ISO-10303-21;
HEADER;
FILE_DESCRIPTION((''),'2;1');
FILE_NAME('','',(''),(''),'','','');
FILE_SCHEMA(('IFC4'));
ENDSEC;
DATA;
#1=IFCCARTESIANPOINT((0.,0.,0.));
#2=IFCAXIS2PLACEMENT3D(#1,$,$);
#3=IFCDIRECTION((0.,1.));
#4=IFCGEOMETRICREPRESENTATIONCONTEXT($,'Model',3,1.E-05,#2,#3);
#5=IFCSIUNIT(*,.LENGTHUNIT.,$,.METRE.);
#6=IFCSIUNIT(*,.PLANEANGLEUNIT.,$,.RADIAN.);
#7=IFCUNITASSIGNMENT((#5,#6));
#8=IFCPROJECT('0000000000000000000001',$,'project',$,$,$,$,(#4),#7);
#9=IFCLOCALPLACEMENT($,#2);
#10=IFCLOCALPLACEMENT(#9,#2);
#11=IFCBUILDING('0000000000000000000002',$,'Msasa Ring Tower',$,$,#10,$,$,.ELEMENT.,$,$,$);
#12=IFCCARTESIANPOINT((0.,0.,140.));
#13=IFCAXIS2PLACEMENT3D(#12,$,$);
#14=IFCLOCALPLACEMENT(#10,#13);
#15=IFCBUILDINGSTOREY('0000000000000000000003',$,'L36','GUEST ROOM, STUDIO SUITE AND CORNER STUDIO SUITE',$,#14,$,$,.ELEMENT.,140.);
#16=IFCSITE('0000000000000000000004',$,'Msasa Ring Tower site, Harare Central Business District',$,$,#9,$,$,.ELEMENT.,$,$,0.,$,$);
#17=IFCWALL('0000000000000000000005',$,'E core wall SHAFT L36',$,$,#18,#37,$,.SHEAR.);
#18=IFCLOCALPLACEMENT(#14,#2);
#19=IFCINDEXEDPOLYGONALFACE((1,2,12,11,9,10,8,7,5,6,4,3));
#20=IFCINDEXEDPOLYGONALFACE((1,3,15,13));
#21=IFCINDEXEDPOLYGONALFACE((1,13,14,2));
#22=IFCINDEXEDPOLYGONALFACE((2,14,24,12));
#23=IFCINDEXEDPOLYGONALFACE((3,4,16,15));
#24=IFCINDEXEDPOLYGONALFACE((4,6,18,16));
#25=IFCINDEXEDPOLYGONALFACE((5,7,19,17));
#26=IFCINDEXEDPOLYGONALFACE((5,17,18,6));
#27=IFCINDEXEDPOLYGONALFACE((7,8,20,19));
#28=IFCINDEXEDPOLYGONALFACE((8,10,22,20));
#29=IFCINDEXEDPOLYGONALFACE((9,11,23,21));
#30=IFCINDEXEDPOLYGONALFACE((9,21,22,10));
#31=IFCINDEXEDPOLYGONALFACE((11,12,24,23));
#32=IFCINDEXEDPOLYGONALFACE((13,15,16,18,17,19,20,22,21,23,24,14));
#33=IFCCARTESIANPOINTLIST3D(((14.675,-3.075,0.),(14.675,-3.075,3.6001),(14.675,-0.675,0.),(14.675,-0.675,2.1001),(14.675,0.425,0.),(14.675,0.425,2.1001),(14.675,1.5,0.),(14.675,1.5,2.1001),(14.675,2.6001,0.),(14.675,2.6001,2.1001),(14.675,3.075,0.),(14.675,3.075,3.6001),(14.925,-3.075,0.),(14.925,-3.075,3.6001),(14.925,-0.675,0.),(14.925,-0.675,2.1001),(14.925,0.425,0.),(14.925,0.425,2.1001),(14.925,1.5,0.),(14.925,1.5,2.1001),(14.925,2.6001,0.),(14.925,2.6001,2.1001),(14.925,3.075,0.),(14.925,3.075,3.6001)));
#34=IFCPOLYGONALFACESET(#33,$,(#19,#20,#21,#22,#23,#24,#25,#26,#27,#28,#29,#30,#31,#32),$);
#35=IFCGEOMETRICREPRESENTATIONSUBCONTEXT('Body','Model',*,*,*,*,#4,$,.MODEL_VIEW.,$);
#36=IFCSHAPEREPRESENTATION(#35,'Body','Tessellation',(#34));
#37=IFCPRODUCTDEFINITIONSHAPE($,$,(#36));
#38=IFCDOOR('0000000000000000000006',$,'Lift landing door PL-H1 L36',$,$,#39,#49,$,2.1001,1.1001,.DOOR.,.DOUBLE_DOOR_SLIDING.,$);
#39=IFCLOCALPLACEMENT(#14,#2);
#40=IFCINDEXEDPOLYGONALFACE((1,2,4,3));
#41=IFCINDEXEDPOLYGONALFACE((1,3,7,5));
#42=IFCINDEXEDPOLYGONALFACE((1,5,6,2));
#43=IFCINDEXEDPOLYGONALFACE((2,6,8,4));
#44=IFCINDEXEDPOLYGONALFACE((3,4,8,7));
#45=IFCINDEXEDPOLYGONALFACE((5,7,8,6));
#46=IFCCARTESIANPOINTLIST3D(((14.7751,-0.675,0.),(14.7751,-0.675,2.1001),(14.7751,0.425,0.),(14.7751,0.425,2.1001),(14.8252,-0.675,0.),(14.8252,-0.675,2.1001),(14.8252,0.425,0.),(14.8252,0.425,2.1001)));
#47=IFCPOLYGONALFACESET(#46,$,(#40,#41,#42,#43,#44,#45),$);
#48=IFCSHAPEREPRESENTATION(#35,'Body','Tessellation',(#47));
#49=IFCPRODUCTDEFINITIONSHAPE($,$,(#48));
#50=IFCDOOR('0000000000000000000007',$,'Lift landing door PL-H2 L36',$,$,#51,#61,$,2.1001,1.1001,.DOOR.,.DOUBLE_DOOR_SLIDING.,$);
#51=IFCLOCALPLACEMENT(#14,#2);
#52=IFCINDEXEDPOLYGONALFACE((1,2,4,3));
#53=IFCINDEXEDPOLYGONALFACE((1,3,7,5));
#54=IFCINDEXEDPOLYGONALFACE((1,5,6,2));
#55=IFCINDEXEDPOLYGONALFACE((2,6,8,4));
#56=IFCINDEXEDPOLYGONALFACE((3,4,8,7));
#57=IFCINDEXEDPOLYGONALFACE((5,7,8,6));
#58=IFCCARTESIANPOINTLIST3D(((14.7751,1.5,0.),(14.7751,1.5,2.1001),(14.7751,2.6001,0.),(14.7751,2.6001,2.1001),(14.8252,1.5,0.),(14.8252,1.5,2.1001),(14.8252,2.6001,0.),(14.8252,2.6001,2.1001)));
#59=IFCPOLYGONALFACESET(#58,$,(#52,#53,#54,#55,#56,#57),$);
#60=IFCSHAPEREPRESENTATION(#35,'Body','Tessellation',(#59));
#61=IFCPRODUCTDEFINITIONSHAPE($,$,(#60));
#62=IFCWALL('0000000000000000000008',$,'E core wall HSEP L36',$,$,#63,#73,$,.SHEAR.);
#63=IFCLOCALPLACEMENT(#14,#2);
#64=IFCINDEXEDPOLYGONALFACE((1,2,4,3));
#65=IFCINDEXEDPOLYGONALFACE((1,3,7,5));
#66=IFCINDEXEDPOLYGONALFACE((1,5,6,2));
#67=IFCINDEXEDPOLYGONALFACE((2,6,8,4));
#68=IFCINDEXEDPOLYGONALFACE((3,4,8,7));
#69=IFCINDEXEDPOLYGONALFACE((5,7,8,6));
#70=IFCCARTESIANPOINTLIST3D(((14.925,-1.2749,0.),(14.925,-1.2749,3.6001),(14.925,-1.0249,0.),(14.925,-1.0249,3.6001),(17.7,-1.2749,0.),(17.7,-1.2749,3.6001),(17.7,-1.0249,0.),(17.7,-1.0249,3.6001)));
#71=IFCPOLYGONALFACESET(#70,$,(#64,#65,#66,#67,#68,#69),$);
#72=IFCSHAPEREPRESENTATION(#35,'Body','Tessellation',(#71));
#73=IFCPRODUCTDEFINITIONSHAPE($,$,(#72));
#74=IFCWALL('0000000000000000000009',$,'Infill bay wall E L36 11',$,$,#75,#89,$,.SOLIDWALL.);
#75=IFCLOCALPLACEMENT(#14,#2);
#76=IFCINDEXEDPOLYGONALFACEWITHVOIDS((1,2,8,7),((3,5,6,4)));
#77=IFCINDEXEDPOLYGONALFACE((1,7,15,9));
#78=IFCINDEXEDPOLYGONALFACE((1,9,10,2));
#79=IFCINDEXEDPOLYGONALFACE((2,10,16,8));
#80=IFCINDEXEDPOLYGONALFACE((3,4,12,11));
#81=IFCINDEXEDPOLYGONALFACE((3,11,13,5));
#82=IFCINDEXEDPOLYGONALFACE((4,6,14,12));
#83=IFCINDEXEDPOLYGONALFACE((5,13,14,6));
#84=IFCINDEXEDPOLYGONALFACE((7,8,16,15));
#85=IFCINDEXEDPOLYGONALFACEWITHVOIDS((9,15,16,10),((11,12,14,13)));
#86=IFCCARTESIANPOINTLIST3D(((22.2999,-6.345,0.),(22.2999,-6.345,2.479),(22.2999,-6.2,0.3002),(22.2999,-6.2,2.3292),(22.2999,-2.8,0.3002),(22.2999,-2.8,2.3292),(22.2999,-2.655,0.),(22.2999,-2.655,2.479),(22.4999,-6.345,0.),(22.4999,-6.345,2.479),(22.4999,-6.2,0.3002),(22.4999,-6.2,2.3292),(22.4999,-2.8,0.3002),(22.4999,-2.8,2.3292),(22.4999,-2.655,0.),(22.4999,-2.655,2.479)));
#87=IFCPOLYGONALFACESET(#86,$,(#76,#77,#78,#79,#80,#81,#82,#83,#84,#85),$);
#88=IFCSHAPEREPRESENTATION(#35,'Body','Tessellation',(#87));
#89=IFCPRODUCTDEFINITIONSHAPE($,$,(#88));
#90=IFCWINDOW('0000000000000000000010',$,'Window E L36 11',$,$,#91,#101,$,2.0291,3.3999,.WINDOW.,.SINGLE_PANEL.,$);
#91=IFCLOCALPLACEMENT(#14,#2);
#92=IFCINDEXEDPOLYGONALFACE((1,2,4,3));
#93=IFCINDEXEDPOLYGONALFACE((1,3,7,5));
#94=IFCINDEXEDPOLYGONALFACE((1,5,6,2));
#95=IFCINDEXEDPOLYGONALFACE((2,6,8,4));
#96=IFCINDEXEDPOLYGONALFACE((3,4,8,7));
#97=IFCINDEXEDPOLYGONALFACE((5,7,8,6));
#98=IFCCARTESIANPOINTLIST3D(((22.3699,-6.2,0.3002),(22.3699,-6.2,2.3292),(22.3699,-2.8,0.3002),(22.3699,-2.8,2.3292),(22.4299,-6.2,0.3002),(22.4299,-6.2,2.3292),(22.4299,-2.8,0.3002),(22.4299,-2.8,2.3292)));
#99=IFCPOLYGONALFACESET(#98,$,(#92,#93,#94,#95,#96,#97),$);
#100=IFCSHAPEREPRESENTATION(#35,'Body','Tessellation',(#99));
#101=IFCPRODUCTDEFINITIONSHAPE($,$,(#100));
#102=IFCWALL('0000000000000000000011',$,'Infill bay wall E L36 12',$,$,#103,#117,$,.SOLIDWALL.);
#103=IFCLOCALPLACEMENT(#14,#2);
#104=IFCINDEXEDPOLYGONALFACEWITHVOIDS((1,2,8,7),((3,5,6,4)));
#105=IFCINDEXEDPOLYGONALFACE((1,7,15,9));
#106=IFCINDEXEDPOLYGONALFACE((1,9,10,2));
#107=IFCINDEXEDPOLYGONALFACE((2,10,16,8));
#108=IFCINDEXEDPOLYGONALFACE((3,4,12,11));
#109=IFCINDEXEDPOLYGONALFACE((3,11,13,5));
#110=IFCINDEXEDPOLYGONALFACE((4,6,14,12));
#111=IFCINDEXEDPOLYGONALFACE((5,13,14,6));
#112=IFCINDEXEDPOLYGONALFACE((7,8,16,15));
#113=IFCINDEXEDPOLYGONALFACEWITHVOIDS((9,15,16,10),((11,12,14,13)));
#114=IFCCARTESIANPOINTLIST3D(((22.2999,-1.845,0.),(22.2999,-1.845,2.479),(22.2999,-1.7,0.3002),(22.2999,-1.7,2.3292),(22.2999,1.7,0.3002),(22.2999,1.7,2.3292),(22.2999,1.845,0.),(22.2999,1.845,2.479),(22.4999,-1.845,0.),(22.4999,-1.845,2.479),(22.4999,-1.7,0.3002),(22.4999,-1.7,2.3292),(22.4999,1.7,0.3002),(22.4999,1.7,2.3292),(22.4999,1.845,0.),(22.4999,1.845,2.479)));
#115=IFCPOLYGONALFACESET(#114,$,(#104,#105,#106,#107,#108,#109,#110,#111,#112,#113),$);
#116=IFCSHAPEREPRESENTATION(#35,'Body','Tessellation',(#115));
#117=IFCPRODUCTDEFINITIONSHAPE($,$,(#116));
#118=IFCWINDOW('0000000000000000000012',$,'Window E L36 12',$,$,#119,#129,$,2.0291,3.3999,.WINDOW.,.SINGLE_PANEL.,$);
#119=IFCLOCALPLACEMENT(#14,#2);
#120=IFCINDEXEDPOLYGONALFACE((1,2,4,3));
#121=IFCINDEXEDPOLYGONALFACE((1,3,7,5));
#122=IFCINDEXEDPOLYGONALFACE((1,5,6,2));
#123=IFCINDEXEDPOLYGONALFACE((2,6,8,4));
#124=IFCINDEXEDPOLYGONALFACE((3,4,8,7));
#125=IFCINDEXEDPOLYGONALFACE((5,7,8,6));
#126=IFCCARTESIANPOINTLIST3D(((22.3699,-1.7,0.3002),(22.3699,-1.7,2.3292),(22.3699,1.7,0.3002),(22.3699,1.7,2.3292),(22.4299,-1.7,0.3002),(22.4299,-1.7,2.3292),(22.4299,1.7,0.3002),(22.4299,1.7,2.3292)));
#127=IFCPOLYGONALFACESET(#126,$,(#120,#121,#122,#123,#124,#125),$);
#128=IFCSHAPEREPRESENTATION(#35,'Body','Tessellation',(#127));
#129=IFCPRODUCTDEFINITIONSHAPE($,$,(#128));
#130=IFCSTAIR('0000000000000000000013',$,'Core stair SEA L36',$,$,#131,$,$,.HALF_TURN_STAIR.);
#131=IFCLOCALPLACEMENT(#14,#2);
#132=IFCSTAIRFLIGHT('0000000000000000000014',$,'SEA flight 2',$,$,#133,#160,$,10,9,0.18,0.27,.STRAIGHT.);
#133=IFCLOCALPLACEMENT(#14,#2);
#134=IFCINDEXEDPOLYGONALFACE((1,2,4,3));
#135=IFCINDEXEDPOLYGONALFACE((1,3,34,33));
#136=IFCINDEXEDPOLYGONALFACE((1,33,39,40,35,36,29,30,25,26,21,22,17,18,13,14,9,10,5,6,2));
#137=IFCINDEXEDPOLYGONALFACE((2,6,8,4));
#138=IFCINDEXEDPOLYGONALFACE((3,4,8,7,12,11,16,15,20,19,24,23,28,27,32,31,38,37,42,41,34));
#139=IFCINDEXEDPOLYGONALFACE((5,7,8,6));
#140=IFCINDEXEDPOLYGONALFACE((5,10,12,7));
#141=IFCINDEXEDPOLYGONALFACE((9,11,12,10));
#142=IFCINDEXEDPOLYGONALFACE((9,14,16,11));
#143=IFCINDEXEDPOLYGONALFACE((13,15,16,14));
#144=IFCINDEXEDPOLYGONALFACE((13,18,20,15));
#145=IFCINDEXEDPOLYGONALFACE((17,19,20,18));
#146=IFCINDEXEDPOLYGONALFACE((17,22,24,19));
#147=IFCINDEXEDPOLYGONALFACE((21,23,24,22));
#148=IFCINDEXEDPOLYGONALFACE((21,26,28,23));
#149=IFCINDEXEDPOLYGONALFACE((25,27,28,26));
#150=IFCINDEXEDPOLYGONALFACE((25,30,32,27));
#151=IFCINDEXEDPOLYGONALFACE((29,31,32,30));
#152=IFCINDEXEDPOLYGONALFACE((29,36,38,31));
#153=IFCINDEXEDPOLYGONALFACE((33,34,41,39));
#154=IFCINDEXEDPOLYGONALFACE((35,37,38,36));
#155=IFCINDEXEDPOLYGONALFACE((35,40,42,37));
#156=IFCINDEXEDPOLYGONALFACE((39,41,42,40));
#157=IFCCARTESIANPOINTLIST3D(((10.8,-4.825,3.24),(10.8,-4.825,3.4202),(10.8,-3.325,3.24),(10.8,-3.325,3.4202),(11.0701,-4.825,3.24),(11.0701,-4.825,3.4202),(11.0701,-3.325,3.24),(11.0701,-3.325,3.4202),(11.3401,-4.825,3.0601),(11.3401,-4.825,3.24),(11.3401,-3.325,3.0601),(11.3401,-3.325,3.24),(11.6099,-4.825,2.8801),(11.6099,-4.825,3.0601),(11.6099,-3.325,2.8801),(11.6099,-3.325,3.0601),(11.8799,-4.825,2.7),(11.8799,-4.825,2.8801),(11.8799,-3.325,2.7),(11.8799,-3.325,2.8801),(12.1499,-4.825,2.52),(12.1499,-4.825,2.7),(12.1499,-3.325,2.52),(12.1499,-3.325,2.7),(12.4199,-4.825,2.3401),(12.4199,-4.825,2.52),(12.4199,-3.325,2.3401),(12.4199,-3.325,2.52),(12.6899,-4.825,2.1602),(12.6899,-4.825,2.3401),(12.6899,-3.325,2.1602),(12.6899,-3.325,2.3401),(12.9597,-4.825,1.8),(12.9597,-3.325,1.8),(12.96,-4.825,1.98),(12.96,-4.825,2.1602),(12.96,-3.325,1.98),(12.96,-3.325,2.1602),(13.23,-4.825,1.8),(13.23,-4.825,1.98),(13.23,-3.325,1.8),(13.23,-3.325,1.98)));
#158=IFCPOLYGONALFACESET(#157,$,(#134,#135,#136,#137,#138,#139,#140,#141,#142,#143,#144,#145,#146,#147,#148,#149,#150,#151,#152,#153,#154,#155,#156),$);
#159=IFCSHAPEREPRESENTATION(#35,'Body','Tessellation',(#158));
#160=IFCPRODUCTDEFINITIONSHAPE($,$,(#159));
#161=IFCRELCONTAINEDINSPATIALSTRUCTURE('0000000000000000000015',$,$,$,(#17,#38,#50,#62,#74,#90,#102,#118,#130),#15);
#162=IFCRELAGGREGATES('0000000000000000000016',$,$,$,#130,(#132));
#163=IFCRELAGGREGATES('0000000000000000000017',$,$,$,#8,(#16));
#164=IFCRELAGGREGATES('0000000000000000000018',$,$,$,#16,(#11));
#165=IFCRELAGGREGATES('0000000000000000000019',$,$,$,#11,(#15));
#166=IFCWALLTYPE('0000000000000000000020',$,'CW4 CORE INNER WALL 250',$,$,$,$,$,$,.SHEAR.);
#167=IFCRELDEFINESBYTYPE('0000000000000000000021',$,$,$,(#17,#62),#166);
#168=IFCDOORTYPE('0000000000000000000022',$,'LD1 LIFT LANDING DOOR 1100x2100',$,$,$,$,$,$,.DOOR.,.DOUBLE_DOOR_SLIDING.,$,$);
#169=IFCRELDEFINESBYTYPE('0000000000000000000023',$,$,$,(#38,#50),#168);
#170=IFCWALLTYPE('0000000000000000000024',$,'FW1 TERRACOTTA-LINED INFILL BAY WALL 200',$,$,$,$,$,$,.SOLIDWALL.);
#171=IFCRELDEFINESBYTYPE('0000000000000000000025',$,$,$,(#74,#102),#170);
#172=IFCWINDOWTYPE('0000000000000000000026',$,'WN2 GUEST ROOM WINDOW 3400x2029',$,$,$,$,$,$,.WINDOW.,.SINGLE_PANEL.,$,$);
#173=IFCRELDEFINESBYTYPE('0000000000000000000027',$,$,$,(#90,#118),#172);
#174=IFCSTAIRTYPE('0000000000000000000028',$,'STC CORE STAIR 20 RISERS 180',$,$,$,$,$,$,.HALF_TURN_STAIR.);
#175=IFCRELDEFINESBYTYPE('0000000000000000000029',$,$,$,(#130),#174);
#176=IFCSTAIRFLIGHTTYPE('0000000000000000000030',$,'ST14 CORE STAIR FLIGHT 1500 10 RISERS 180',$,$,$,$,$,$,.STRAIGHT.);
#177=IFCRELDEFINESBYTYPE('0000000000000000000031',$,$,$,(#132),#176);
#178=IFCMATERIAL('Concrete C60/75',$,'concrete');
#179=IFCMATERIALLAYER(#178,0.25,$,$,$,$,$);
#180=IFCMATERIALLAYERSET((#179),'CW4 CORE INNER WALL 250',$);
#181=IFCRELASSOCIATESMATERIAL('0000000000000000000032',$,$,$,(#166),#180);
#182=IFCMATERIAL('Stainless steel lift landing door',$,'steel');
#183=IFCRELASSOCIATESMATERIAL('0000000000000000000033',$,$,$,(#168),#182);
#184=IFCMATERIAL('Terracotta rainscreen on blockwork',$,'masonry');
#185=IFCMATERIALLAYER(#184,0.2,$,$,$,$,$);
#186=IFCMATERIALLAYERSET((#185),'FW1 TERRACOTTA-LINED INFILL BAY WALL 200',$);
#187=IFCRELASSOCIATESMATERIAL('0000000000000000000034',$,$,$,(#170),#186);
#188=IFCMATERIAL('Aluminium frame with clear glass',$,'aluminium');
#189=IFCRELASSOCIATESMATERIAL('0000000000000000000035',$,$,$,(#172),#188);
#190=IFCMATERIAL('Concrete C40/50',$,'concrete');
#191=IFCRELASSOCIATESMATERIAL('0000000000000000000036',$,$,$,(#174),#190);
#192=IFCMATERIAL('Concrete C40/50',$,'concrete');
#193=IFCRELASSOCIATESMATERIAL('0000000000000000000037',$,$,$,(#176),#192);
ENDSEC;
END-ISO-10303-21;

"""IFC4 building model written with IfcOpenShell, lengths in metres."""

from ifc_helpers import new_model, si_unit, direction, frame, frame_2d, origin, place, context, subcontext, project, spatial, polyline, rectangle, outline, extrude, material, layer, layer_set, type_object, element, fill, aggregate, save


model = new_model("IFC4")

# Units and contexts
model_context = context("Model", 3, precision=1e-05, world=origin(), true_north=direction((0.0, 1.0)))
body_context = subcontext(model_context, "Body", "Model", "MODEL_VIEW")
ifc_project = project(units=[si_unit("LENGTHUNIT", "METRE"), si_unit("PLANEANGLEUNIT", "RADIAN")], contexts=[model_context])

# Site, building, storey
site_placement = place(None, origin())
site = spatial("IfcSite", under=ifc_project, at=site_placement, Name="Msasa Ring Tower site, Harare Central Business District", CompositionType="ELEMENT", RefElevation=0.0)
building_placement = place(site_placement, origin())
building = spatial("IfcBuilding", under=site, at=building_placement, Name="Msasa Ring Tower", CompositionType="ELEMENT")
storey_placement = place(building_placement, frame((0.0, 0.0, 140.0)))
storey = spatial("IfcBuildingStorey", under=building, at=storey_placement, Name="L36", Description="GUEST ROOM, STUDIO SUITE AND CORNER STUDIO SUITE", CompositionType="ELEMENT", Elevation=140.0)

# Shared definitions
ifc_material_1 = material(Name="Concrete C60/75", Category="concrete")
ifc_layer_1 = layer(ifc_material_1, 0.25)
ifc_layer_set_1 = layer_set([ifc_layer_1], Name="CW4 CORE INNER WALL 250")
wall_type_1 = type_object("IfcWallType", Name="CW4 CORE INNER WALL 250", PredefinedType="SHEAR", material=ifc_layer_set_1)

# Shared definitions
ifc_material_2 = material(Name="Stainless steel lift landing door", Category="steel")
door_type = type_object("IfcDoorType", Name="LD1 LIFT LANDING DOOR 1100x2100", OperationType="DOUBLE_DOOR_SLIDING", PredefinedType="DOOR", material=ifc_material_2)

# Wall, openings, doors
wall_1_placement = place(storey_placement, frame((14.8, -3.075, 0.0), z_axis=(0.0, 0.0, 1.0), x_axis=(0.0, 1.0, 0.0)))
wall_1 = element("IfcWall", 1, at=wall_1_placement, inside=storey, type_object=wall_type_1, Name="E core wall SHAFT L36", PredefinedType="SHEAR", context=body_context, shape_type="SweptSolid", body=[
    extrude(rectangle(XDim=6.1499, YDim=0.25, at=frame_2d((3.075, 0.0))), origin(), (0.0, 0.0, 1.0), 3.6001),
])
opening_1_placement = place(wall_1_placement, frame((2.3999, 0.0, 0.0)))
opening_1 = element("IfcOpeningElement", 2, at=opening_1_placement, cuts=wall_1, PredefinedType="OPENING", context=body_context, shape_type="SweptSolid", body=[
    extrude(rectangle(XDim=1.1001, YDim=2.1001, at=frame_2d((0.55, 1.05))), frame((0.0, 0.135, 0.0), z_axis=(0.0, -1.0, 0.0), x_axis=(1.0, 0.0, 0.0)), (0.0, 0.0, 1.0), 0.27),
])
opening_2_placement = place(wall_1_placement, frame((4.575, 0.0, 0.0)))
opening_2 = element("IfcOpeningElement", 3, at=opening_2_placement, cuts=wall_1, PredefinedType="OPENING", context=body_context, shape_type="SweptSolid", body=[
    extrude(rectangle(XDim=1.1001, YDim=2.1001, at=frame_2d((0.55, 1.05))), frame((0.0, 0.135, 0.0), z_axis=(0.0, -1.0, 0.0), x_axis=(1.0, 0.0, 0.0)), (0.0, 0.0, 1.0), 0.27),
])
door_1_placement = place(opening_1_placement, origin())
door_1 = element("IfcDoor", 4, at=door_1_placement, inside=storey, type_object=door_type, Name="Lift landing door PL-H1 L36", OperationType="DOUBLE_DOOR_SLIDING", OverallHeight=2.1001, OverallWidth=1.1001, PredefinedType="DOOR", context=body_context, shape_type="SweptSolid", body=[
    extrude(rectangle(XDim=1.1001, YDim=2.1001, at=frame_2d((0.55, 1.05))), frame((0.0, 0.0249, 0.0), z_axis=(0.0, -1.0, 0.0), x_axis=(1.0, 0.0, 0.0)), (0.0, 0.0, 1.0), 0.05),
])
fill(opening_1, door_1)
door_2_placement = place(opening_2_placement, origin())
door_2 = element("IfcDoor", 5, at=door_2_placement, inside=storey, type_object=door_type, Name="Lift landing door PL-H2 L36", OperationType="DOUBLE_DOOR_SLIDING", OverallHeight=2.1001, OverallWidth=1.1001, PredefinedType="DOOR", context=body_context, shape_type="SweptSolid", body=[
    extrude(rectangle(XDim=1.1001, YDim=2.1001, at=frame_2d((0.55, 1.05))), frame((0.0, 0.0249, 0.0), z_axis=(0.0, -1.0, 0.0), x_axis=(1.0, 0.0, 0.0)), (0.0, 0.0, 1.0), 0.05),
])
fill(opening_2, door_2)

# Wall
wall_2_placement = place(storey_placement, frame((14.925, -1.1499, 0.0), z_axis=(0.0, 0.0, 1.0), x_axis=(1.0, 0.0, 0.0)))
element("IfcWall", 6, at=wall_2_placement, inside=storey, type_object=wall_type_1, Name="E core wall HSEP L36", PredefinedType="SHEAR", context=body_context, shape_type="SweptSolid", body=[
    extrude(rectangle(XDim=2.7749, YDim=0.25, at=frame_2d((1.3875, 0.0))), origin(), (0.0, 0.0, 1.0), 3.6001),
])

# Walls, openings, windows
ifc_material_3 = material(Name="Terracotta rainscreen on blockwork", Category="masonry")
ifc_layer_2 = layer(ifc_material_3, 0.2)
ifc_layer_set_2 = layer_set([ifc_layer_2], Name="FW1 TERRACOTTA-LINED INFILL BAY WALL 200")
wall_type_2 = type_object("IfcWallType", Name="FW1 TERRACOTTA-LINED INFILL BAY WALL 200", PredefinedType="SOLIDWALL", material=ifc_layer_set_2)
wall_3_placement = place(storey_placement, frame((22.3999, -6.345, 0.0), z_axis=(0.0, 0.0, 1.0), x_axis=(0.0, 1.0, 0.0)))
wall_3 = element("IfcWall", 7, at=wall_3_placement, inside=storey, type_object=wall_type_2, Name="Infill bay wall E L36 11", PredefinedType="SOLIDWALL", context=body_context, shape_type="SweptSolid", body=[
    extrude(rectangle(XDim=3.6899, YDim=0.2, at=frame_2d((1.845, 0.0))), origin(), (0.0, 0.0, 1.0), 2.479),
])
opening_3_placement = place(wall_3_placement, frame((0.145, 0.0, 0.3)))
opening_3 = element("IfcOpeningElement", 8, at=opening_3_placement, cuts=wall_3, PredefinedType="OPENING", context=body_context, shape_type="SweptSolid", body=[
    extrude(rectangle(XDim=3.3999, YDim=2.0291, at=frame_2d((1.7, 1.0146))), frame((0.0, 0.1099, 0.0), z_axis=(0.0, -1.0, 0.0), x_axis=(1.0, 0.0, 0.0)), (0.0, 0.0, 1.0), 0.22),
])
ifc_material_4 = material(Name="Aluminium frame with clear glass", Category="aluminium")
window_type = type_object("IfcWindowType", Name="WN2 GUEST ROOM WINDOW 3400x2029", PartitioningType="SINGLE_PANEL", PredefinedType="WINDOW", material=ifc_material_4)
window_1_placement = place(opening_3_placement, origin())
window_1 = element("IfcWindow", 9, at=window_1_placement, inside=storey, type_object=window_type, Name="Window E L36 11", OverallHeight=2.0291, OverallWidth=3.3999, PartitioningType="SINGLE_PANEL", PredefinedType="WINDOW", context=body_context, shape_type="SweptSolid", body=[
    extrude(rectangle(XDim=3.3999, YDim=2.0291, at=frame_2d((1.7, 1.0146))), frame((0.0, 0.03, 0.0), z_axis=(0.0, -1.0, 0.0), x_axis=(1.0, 0.0, 0.0)), (0.0, 0.0, 1.0), 0.0601),
])
fill(opening_3, window_1)
wall_4_placement = place(storey_placement, frame((22.3999, -1.845, 0.0), z_axis=(0.0, 0.0, 1.0), x_axis=(0.0, 1.0, 0.0)))
wall_4 = element("IfcWall", 10, at=wall_4_placement, inside=storey, type_object=wall_type_2, Name="Infill bay wall E L36 12", PredefinedType="SOLIDWALL", context=body_context, shape_type="SweptSolid", body=[
    extrude(rectangle(XDim=3.6899, YDim=0.2, at=frame_2d((1.845, 0.0))), origin(), (0.0, 0.0, 1.0), 2.479),
])
opening_4_placement = place(wall_4_placement, frame((0.145, 0.0, 0.3)))
opening_4 = element("IfcOpeningElement", 11, at=opening_4_placement, cuts=wall_4, PredefinedType="OPENING", context=body_context, shape_type="SweptSolid", body=[
    extrude(rectangle(XDim=3.3999, YDim=2.0291, at=frame_2d((1.7, 1.0146))), frame((0.0, 0.1099, 0.0), z_axis=(0.0, -1.0, 0.0), x_axis=(1.0, 0.0, 0.0)), (0.0, 0.0, 1.0), 0.22),
])
window_2_placement = place(opening_4_placement, origin())
window_2 = element("IfcWindow", 12, at=window_2_placement, inside=storey, type_object=window_type, Name="Window E L36 12", OverallHeight=2.0291, OverallWidth=3.3999, PartitioningType="SINGLE_PANEL", PredefinedType="WINDOW", context=body_context, shape_type="SweptSolid", body=[
    extrude(rectangle(XDim=3.3999, YDim=2.0291, at=frame_2d((1.7, 1.0146))), frame((0.0, 0.03, 0.0), z_axis=(0.0, -1.0, 0.0), x_axis=(1.0, 0.0, 0.0)), (0.0, 0.0, 1.0), 0.0601),
])
fill(opening_4, window_2)

# Stair, stair flight
ifc_material_5 = material(Name="Concrete C40/50", Category="concrete")
stair_type = type_object("IfcStairType", Name="STC CORE STAIR 20 RISERS 180", PredefinedType="HALF_TURN_STAIR", material=ifc_material_5)
stair_placement = place(storey_placement, origin())
stair = element("IfcStair", 13, at=stair_placement, inside=storey, type_object=stair_type, Name="Core stair SEA L36", PredefinedType="HALF_TURN_STAIR")
ifc_material_6 = material(Name="Concrete C40/50", Category="concrete")
stair_flight_type = type_object("IfcStairFlightType", Name="ST14 CORE STAIR FLIGHT 1500 10 RISERS 180", PredefinedType="STRAIGHT", material=ifc_material_6)
stair_flight_placement = place(storey_placement, frame((13.23, -4.075, 1.8), z_axis=(0.0, 0.0, 1.0), x_axis=(-1.0, 0.0, 0.0)))
stair_flight = element("IfcStairFlight", 14, at=stair_flight_placement, type_object=stair_flight_type, Name="SEA flight 2", NumberOfRisers=10, NumberOfTreads=9, PredefinedType="STRAIGHT", RiserHeight=0.18, TreadLength=0.27, context=body_context, shape_type="SweptSolid", body=[
    extrude(outline(polyline([(0.0, 0.0), (0.0, 0.1799), (0.27, 0.1799), (0.27, 0.3601), (0.54, 0.3601), (0.54, 0.54), (0.8101, 0.54), (0.8101, 0.72), (1.0801, 0.72), (1.0801, 0.8999), (1.3501, 0.8999), (1.3501, 1.0801), (1.6201, 1.0801), (1.6201, 1.26), (1.8899, 1.26), (1.8899, 1.4399), (2.1599, 1.4399), (2.1599, 1.6201), (2.4299, 1.6201), (2.4299, 1.8), (2.4299, 1.4399), (0.2703, 0.0), (0.0, 0.0)])), frame((0.0, 0.75, 0.0), z_axis=(0.0, -1.0, 0.0), x_axis=(1.0, 0.0, 0.0)), (0.0, 0.0, 1.0), 1.5),
])
aggregate(stair, [stair_flight])

save(model, "model.ifc")
